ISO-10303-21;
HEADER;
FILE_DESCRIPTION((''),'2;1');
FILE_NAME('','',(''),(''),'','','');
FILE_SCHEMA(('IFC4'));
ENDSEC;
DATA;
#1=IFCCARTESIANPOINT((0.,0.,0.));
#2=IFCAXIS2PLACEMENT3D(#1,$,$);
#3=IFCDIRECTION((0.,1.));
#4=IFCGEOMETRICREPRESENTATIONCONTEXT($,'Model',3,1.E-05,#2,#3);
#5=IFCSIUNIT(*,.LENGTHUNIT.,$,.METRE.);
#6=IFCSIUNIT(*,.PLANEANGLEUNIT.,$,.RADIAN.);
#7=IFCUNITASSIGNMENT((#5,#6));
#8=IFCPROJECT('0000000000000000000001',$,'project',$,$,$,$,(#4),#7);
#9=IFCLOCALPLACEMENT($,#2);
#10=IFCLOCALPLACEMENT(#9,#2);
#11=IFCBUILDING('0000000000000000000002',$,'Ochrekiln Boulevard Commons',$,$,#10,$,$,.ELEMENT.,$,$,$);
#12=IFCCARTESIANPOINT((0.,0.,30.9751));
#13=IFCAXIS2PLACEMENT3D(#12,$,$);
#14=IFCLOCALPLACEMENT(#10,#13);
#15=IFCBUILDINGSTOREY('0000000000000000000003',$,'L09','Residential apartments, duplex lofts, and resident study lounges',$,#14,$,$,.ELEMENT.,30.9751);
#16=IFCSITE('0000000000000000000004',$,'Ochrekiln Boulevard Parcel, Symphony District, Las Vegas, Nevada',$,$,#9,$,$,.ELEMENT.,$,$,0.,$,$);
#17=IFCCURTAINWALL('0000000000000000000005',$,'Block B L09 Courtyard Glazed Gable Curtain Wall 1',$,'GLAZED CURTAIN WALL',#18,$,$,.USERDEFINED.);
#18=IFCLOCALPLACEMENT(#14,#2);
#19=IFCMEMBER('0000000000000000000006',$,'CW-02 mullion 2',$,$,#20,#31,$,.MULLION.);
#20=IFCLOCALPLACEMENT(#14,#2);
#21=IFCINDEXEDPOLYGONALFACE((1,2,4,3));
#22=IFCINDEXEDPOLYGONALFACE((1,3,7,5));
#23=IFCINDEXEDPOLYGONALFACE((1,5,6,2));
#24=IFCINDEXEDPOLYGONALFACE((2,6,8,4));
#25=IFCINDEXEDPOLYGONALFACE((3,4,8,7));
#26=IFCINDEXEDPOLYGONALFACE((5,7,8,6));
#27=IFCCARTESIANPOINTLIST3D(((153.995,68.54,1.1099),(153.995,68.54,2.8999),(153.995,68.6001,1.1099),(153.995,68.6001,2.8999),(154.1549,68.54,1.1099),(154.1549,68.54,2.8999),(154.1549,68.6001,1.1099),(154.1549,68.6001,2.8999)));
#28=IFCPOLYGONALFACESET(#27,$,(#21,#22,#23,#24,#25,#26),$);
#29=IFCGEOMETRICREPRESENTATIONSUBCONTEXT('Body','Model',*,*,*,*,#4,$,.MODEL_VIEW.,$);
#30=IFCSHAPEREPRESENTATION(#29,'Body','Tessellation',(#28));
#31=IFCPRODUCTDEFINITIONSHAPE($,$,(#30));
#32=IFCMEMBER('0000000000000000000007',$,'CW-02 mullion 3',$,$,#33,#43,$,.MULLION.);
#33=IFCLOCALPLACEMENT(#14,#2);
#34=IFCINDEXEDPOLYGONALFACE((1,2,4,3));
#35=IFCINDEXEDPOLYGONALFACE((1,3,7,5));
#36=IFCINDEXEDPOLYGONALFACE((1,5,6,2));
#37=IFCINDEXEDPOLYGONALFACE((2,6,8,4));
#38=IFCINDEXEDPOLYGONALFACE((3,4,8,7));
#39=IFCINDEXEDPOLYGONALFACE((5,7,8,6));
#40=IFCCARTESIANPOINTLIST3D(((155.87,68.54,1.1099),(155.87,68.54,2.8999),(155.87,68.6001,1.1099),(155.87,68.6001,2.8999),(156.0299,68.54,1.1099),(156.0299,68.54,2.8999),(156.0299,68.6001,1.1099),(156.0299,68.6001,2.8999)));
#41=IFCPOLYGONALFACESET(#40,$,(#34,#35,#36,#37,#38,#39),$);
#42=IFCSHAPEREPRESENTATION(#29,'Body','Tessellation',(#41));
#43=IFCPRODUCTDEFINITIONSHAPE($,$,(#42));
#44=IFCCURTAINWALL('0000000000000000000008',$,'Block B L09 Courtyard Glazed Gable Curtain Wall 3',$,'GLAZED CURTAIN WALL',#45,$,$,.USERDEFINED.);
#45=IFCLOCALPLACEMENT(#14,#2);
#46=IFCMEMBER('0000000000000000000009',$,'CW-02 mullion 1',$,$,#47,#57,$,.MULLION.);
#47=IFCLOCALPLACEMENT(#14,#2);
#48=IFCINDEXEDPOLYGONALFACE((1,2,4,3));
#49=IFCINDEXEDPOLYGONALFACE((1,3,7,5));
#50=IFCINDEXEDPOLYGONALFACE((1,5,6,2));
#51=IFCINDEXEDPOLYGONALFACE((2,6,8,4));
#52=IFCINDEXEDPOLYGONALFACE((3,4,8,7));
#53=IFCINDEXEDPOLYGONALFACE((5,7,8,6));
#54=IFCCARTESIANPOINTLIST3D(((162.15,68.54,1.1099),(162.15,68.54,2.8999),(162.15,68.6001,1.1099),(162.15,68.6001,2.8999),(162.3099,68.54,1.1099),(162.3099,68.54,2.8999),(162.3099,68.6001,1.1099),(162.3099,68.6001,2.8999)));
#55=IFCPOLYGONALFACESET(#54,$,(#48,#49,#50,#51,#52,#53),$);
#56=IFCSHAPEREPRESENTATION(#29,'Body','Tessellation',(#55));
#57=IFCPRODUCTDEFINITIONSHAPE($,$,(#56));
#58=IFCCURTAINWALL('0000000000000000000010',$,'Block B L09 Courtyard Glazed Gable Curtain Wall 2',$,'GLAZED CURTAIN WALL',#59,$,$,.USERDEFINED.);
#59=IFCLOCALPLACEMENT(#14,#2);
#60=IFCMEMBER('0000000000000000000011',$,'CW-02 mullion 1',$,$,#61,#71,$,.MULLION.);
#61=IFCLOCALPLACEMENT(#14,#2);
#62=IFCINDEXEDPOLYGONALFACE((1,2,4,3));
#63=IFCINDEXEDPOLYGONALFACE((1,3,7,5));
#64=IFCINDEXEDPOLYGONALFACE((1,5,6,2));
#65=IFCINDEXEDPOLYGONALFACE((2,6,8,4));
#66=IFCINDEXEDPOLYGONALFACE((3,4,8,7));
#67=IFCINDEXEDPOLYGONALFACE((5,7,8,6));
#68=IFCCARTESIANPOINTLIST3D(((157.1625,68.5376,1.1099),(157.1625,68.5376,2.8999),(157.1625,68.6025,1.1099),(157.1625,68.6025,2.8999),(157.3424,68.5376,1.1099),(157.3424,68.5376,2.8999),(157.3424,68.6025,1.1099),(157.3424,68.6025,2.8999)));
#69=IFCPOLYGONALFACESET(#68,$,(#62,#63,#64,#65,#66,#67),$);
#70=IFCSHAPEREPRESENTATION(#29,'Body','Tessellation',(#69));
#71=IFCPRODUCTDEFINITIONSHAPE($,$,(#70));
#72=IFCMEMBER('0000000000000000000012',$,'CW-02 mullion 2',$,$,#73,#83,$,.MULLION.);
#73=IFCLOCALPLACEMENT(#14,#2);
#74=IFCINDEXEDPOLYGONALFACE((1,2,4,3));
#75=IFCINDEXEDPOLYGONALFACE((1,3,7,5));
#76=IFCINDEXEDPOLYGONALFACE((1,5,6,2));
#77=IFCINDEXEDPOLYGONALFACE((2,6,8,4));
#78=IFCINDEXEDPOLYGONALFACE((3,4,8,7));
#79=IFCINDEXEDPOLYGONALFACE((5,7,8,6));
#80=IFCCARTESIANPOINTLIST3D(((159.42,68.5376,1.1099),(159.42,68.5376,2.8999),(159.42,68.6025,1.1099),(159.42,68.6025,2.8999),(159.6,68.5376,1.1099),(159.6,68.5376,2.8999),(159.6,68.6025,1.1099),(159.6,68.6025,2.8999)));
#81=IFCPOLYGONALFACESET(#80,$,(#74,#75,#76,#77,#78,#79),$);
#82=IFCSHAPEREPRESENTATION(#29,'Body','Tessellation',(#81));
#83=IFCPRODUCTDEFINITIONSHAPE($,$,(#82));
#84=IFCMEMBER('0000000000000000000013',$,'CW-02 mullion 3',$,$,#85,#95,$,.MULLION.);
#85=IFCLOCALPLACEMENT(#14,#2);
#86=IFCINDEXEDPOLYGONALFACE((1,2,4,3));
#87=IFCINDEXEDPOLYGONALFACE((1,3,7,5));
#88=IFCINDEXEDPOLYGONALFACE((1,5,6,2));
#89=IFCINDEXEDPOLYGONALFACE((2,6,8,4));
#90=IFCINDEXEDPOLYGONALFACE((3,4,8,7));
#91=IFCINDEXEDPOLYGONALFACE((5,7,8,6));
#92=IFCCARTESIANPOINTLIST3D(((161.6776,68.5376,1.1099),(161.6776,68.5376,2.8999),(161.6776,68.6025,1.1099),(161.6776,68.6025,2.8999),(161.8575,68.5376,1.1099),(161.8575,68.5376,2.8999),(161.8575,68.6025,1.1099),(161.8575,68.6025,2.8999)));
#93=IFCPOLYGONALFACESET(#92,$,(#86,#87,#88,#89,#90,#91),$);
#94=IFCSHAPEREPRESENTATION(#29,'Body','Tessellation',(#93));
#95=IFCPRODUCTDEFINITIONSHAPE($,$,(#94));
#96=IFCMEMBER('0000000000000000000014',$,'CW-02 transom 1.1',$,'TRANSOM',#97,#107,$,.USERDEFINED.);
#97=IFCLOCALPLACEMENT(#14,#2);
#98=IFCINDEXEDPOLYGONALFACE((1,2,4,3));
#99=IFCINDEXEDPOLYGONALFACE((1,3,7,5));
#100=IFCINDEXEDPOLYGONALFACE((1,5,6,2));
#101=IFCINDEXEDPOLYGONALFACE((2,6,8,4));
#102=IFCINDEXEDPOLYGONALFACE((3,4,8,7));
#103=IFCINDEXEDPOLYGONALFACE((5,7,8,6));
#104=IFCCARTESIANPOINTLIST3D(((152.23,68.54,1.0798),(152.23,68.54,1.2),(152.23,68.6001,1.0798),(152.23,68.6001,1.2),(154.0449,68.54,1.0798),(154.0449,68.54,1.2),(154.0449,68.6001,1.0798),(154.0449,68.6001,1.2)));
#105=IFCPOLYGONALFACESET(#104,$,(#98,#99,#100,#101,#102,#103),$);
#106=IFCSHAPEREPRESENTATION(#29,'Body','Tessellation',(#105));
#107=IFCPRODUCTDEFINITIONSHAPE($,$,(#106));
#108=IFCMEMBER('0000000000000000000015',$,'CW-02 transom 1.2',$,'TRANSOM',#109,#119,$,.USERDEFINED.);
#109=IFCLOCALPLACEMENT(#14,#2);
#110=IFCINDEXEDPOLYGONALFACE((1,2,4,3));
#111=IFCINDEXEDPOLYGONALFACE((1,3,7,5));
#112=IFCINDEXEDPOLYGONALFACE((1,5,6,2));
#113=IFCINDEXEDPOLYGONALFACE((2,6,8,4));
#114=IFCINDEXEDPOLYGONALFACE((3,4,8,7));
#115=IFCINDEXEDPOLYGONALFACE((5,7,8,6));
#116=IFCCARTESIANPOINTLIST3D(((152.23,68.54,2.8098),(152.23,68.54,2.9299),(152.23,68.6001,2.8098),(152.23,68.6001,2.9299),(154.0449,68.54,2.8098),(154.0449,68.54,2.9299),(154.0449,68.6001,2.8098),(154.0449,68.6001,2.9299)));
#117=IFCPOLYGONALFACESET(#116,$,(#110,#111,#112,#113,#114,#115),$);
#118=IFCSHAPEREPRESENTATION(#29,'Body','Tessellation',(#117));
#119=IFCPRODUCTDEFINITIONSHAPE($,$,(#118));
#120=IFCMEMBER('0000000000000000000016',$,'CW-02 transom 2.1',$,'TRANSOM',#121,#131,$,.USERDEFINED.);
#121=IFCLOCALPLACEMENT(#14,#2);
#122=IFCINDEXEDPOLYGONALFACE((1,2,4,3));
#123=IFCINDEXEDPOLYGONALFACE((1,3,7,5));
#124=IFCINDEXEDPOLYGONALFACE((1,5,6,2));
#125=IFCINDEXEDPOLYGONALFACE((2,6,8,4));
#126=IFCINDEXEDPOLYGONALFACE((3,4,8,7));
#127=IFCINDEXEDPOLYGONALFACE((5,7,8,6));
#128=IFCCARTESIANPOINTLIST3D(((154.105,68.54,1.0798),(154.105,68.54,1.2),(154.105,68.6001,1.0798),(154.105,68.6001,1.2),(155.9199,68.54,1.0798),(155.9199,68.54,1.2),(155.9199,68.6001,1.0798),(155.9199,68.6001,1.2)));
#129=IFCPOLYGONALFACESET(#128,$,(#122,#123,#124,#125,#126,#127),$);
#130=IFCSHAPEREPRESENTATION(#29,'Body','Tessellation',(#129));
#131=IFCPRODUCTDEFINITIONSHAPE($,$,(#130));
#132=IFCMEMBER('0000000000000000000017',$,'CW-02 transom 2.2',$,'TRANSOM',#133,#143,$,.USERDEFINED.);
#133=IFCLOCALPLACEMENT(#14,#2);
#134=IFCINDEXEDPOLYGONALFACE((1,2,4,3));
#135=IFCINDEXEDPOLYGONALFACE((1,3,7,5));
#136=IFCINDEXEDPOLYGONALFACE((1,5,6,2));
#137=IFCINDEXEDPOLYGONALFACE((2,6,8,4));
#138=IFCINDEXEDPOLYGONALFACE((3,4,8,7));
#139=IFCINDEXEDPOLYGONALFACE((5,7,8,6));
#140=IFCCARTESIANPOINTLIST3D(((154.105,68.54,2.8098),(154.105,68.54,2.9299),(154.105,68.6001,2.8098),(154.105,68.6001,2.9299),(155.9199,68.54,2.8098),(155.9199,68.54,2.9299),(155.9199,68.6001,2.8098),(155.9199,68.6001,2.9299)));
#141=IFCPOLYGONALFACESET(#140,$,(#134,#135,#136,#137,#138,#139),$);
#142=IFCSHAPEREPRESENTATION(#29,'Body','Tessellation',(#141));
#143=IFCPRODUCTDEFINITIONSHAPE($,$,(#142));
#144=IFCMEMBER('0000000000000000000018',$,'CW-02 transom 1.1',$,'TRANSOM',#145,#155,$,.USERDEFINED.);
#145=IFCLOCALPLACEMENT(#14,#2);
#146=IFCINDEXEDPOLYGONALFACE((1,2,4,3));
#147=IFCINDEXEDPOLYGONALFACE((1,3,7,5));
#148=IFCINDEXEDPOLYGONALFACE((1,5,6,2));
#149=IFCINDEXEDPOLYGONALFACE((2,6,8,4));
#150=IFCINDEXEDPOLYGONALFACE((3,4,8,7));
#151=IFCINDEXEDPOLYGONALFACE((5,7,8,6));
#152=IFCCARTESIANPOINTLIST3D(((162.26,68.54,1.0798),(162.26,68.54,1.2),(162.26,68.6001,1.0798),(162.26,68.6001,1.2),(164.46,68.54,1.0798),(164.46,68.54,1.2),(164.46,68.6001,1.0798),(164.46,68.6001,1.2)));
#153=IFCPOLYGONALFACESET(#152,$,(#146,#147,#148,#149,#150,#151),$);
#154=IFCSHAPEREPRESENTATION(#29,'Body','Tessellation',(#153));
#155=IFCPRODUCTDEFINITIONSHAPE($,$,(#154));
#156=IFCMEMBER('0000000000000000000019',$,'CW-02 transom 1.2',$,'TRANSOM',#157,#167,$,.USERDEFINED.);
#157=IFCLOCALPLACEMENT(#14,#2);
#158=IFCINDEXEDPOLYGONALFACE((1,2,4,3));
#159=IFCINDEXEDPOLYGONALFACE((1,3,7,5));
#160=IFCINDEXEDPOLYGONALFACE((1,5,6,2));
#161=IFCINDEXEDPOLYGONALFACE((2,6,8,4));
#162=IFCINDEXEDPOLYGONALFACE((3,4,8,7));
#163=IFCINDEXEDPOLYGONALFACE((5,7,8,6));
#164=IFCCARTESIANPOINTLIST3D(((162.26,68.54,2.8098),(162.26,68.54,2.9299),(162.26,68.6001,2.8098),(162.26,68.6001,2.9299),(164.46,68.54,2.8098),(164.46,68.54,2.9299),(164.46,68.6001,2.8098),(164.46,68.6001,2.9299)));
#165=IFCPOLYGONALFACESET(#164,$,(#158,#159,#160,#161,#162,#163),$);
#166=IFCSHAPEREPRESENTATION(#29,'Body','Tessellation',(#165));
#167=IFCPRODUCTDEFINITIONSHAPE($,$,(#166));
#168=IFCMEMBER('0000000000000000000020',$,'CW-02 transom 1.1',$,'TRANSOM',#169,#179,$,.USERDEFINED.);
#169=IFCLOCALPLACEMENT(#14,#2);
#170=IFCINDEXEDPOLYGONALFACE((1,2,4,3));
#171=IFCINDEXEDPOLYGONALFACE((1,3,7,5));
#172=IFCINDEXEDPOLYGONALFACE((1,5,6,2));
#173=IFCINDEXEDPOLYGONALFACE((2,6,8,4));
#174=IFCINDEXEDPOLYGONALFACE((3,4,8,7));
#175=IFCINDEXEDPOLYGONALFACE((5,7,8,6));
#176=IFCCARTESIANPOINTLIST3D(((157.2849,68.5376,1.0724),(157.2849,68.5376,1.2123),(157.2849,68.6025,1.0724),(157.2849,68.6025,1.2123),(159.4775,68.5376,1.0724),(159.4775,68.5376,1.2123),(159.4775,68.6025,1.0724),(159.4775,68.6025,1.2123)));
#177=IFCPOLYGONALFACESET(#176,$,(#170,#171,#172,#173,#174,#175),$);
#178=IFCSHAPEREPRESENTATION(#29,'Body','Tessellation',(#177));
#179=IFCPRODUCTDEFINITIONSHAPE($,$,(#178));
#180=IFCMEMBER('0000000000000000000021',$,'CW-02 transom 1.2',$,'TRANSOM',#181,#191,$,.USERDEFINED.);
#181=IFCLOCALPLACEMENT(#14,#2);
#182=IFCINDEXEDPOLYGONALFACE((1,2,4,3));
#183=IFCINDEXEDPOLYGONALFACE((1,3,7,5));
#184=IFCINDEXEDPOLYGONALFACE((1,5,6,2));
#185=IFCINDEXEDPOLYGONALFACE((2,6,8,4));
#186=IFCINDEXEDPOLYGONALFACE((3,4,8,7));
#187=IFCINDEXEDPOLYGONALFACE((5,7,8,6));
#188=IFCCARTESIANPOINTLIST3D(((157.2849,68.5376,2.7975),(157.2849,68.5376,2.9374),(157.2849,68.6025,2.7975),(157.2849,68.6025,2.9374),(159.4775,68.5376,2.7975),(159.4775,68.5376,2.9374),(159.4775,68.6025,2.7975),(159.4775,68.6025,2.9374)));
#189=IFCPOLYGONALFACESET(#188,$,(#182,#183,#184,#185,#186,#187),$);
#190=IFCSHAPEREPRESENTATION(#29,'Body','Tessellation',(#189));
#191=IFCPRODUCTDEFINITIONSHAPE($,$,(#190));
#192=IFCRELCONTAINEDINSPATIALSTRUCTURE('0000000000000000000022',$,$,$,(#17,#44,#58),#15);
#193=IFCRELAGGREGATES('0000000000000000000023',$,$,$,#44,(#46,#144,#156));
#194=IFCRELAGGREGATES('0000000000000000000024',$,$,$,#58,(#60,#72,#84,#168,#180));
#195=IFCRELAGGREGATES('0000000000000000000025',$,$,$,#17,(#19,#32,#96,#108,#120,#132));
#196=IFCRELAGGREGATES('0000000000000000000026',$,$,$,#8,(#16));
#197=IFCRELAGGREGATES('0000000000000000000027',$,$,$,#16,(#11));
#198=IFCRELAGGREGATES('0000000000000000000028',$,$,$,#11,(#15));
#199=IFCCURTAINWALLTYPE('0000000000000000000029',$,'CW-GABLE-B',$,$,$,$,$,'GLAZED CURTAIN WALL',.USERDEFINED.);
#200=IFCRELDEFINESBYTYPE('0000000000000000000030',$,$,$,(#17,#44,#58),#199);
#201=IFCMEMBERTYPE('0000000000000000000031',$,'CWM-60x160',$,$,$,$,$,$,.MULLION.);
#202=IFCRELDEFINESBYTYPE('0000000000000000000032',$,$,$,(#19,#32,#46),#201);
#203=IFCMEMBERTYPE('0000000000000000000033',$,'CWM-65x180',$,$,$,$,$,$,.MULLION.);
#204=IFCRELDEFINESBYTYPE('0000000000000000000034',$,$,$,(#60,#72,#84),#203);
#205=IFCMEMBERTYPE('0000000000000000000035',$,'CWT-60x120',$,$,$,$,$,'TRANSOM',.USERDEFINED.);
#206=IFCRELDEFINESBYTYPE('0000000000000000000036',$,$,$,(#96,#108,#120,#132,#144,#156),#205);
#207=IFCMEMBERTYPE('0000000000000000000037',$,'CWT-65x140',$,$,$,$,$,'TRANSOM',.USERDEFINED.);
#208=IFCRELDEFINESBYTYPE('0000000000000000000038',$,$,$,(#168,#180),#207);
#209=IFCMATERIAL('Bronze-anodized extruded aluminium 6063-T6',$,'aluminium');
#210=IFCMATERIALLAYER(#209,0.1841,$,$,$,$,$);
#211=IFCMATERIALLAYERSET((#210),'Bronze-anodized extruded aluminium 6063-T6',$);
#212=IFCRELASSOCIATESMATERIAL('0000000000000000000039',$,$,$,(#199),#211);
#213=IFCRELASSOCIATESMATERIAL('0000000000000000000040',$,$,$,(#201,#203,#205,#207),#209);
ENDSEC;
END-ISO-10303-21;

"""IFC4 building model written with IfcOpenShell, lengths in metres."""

from ifc_helpers import new_model, si_unit, direction, frame, origin, origin_2d, place, context, subcontext, project, spatial, rectangle, extrude, material, layer, layer_set, material_profile, profile_set, type_object, element, aggregate, save


model = new_model("IFC4")

# Units and contexts
model_context = context("Model", 3, precision=1e-05, world=origin(), true_north=direction((0.0, 1.0)))
body_context = subcontext(model_context, "Body", "Model", "MODEL_VIEW")
ifc_project = project(units=[si_unit("LENGTHUNIT", "METRE"), si_unit("PLANEANGLEUNIT", "RADIAN")], contexts=[model_context])

# Site, building, storey
site_placement = place(None, origin())
site = spatial("IfcSite", under=ifc_project, at=site_placement, Name="Ochrekiln Boulevard Parcel, Symphony District, Las Vegas, Nevada", CompositionType="ELEMENT", RefElevation=0.0)
building_placement = place(site_placement, origin())
building = spatial("IfcBuilding", under=site, at=building_placement, Name="Ochrekiln Boulevard Commons", CompositionType="ELEMENT")
storey_placement = place(building_placement, frame((0.0, 0.0, 30.9751)))
storey = spatial("IfcBuildingStorey", under=building, at=storey_placement, Name="L09", Description="Residential apartments, duplex lofts, and resident study lounges", CompositionType="ELEMENT", Elevation=30.9751)

# Curtain wall, members
ifc_material_1 = material(Name="Bronze-anodized extruded aluminium 6063-T6", Category="aluminium")
ifc_layer_1 = layer(ifc_material_1, 0.1841)
ifc_layer_set_1 = layer_set([ifc_layer_1], Name="Bronze-anodized extruded aluminium 6063-T6")
curtain_wall_type = type_object("IfcCurtainWallType", Name="CW-GABLE-B", ElementType="GLAZED CURTAIN WALL", PredefinedType="USERDEFINED", material=ifc_layer_set_1)
curtain_wall_1_placement = place(storey_placement, origin())
curtain_wall_1 = element("IfcCurtainWall", 1, at=curtain_wall_1_placement, inside=storey, type_object=curtain_wall_type, Name="Block B L09 Courtyard Glazed Gable Curtain Wall 1", ObjectType="GLAZED CURTAIN WALL", PredefinedType="USERDEFINED")
ifc_material_profile_1 = material_profile(ifc_material_1, rectangle(XDim=0.0601, YDim=0.1599, at=origin_2d()), Name="ALU-MUL-60x160")
ifc_profile_set_1 = profile_set([ifc_material_profile_1], Name="Bronze-anodized extruded aluminium 6063-T6")
member_type_1 = type_object("IfcMemberType", Name="CWM-60x160", PredefinedType="MULLION", material=ifc_profile_set_1)
member_1_placement = place(storey_placement, frame((154.075, 68.5701, 1.1099), z_axis=(0.0, 0.0, 1.0), x_axis=(0.0, 1.0, 0.0)))
member_1 = element("IfcMember", 2, at=member_1_placement, type_object=member_type_1, Name="CW-02 mullion 2", PredefinedType="MULLION", context=body_context, shape_type="SweptSolid", body=[
    extrude(rectangle(XDim=0.0601, YDim=0.1599, at=origin_2d()), origin(), (0.0, 0.0, 1.0), 1.79),
])
member_2_placement = place(storey_placement, frame((155.95, 68.5701, 1.1099), z_axis=(0.0, 0.0, 1.0), x_axis=(0.0, 1.0, 0.0)))
member_2 = element("IfcMember", 3, at=member_2_placement, type_object=member_type_1, Name="CW-02 mullion 3", PredefinedType="MULLION", context=body_context, shape_type="SweptSolid", body=[
    extrude(rectangle(XDim=0.0601, YDim=0.1599, at=origin_2d()), origin(), (0.0, 0.0, 1.0), 1.79),
])

# Curtain wall, member
curtain_wall_2_placement = place(storey_placement, origin())
curtain_wall_2 = element("IfcCurtainWall", 4, at=curtain_wall_2_placement, inside=storey, type_object=curtain_wall_type, Name="Block B L09 Courtyard Glazed Gable Curtain Wall 3", ObjectType="GLAZED CURTAIN WALL", PredefinedType="USERDEFINED")
member_3_placement = place(storey_placement, frame((162.23, 68.5701, 1.1099), z_axis=(0.0, 0.0, 1.0), x_axis=(0.0, 1.0, 0.0)))
member_3 = element("IfcMember", 5, at=member_3_placement, type_object=member_type_1, Name="CW-02 mullion 1", PredefinedType="MULLION", context=body_context, shape_type="SweptSolid", body=[
    extrude(rectangle(XDim=0.0601, YDim=0.1599, at=origin_2d()), origin(), (0.0, 0.0, 1.0), 1.79),
])

# Curtain wall, members
curtain_wall_3_placement = place(storey_placement, origin())
curtain_wall_3 = element("IfcCurtainWall", 6, at=curtain_wall_3_placement, inside=storey, type_object=curtain_wall_type, Name="Block B L09 Courtyard Glazed Gable Curtain Wall 2", ObjectType="GLAZED CURTAIN WALL", PredefinedType="USERDEFINED")
ifc_material_profile_2 = material_profile(ifc_material_1, rectangle(XDim=0.0649, YDim=0.1799, at=origin_2d()), Name="ALU-MUL-65x180")
ifc_profile_set_2 = profile_set([ifc_material_profile_2], Name="Bronze-anodized extruded aluminium 6063-T6")
member_type_2 = type_object("IfcMemberType", Name="CWM-65x180", PredefinedType="MULLION", material=ifc_profile_set_2)
member_4_placement = place(storey_placement, frame((157.2524, 68.5701, 1.1099), z_axis=(0.0, 0.0, 1.0), x_axis=(0.0, 1.0, 0.0)))
member_4 = element("IfcMember", 7, at=member_4_placement, type_object=member_type_2, Name="CW-02 mullion 1", PredefinedType="MULLION", context=body_context, shape_type="SweptSolid", body=[
    extrude(rectangle(XDim=0.0649, YDim=0.1799, at=origin_2d()), origin(), (0.0, 0.0, 1.0), 1.79),
])
member_5_placement = place(storey_placement, frame((159.51, 68.5701, 1.1099), z_axis=(0.0, 0.0, 1.0), x_axis=(0.0, 1.0, 0.0)))
member_5 = element("IfcMember", 8, at=member_5_placement, type_object=member_type_2, Name="CW-02 mullion 2", PredefinedType="MULLION", context=body_context, shape_type="SweptSolid", body=[
    extrude(rectangle(XDim=0.0649, YDim=0.1799, at=origin_2d()), origin(), (0.0, 0.0, 1.0), 1.79),
])
member_6_placement = place(storey_placement, frame((161.7676, 68.5701, 1.1099), z_axis=(0.0, 0.0, 1.0), x_axis=(0.0, 1.0, 0.0)))
member_6 = element("IfcMember", 9, at=member_6_placement, type_object=member_type_2, Name="CW-02 mullion 3", PredefinedType="MULLION", context=body_context, shape_type="SweptSolid", body=[
    extrude(rectangle(XDim=0.0649, YDim=0.1799, at=origin_2d()), origin(), (0.0, 0.0, 1.0), 1.79),
])

# Members
ifc_material_profile_3 = material_profile(ifc_material_1, rectangle(XDim=0.0601, YDim=0.1201, at=origin_2d()), Name="ALU-TRN-60x120")
ifc_profile_set_3 = profile_set([ifc_material_profile_3], Name="Bronze-anodized extruded aluminium 6063-T6")
member_type_3 = type_object("IfcMemberType", Name="CWT-60x120", ElementType="TRANSOM", PredefinedType="USERDEFINED", material=ifc_profile_set_3)
member_7_placement = place(storey_placement, frame((152.23, 68.5701, 1.1399), z_axis=(1.0, 0.0, 0.0), x_axis=(0.0, 1.0, 0.0)))
member_7 = element("IfcMember", 10, at=member_7_placement, type_object=member_type_3, Name="CW-02 transom 1.1", ObjectType="TRANSOM", PredefinedType="USERDEFINED", context=body_context, shape_type="SweptSolid", body=[
    extrude(rectangle(XDim=0.0601, YDim=0.1201, at=origin_2d()), origin(), (0.0, 0.0, 1.0), 1.8149),
])
member_8_placement = place(storey_placement, frame((152.23, 68.5701, 2.8699), z_axis=(1.0, 0.0, 0.0), x_axis=(0.0, 1.0, 0.0)))
member_8 = element("IfcMember", 11, at=member_8_placement, type_object=member_type_3, Name="CW-02 transom 1.2", ObjectType="TRANSOM", PredefinedType="USERDEFINED", context=body_context, shape_type="SweptSolid", body=[
    extrude(rectangle(XDim=0.0601, YDim=0.1201, at=origin_2d()), origin(), (0.0, 0.0, 1.0), 1.8149),
])
member_9_placement = place(storey_placement, frame((154.105, 68.5701, 1.1399), z_axis=(1.0, 0.0, 0.0), x_axis=(0.0, 1.0, 0.0)))
member_9 = element("IfcMember", 12, at=member_9_placement, type_object=member_type_3, Name="CW-02 transom 2.1", ObjectType="TRANSOM", PredefinedType="USERDEFINED", context=body_context, shape_type="SweptSolid", body=[
    extrude(rectangle(XDim=0.0601, YDim=0.1201, at=origin_2d()), origin(), (0.0, 0.0, 1.0), 1.8149),
])
member_10_placement = place(storey_placement, frame((154.105, 68.5701, 2.8699), z_axis=(1.0, 0.0, 0.0), x_axis=(0.0, 1.0, 0.0)))
member_10 = element("IfcMember", 13, at=member_10_placement, type_object=member_type_3, Name="CW-02 transom 2.2", ObjectType="TRANSOM", PredefinedType="USERDEFINED", context=body_context, shape_type="SweptSolid", body=[
    extrude(rectangle(XDim=0.0601, YDim=0.1201, at=origin_2d()), origin(), (0.0, 0.0, 1.0), 1.8149),
])
member_11_placement = place(storey_placement, frame((162.26, 68.5701, 1.1399), z_axis=(1.0, 0.0, 0.0), x_axis=(0.0, 1.0, 0.0)))
member_11 = element("IfcMember", 14, at=member_11_placement, type_object=member_type_3, Name="CW-02 transom 1.1", ObjectType="TRANSOM", PredefinedType="USERDEFINED", context=body_context, shape_type="SweptSolid", body=[
    extrude(rectangle(XDim=0.0601, YDim=0.1201, at=origin_2d()), origin(), (0.0, 0.0, 1.0), 2.2),
])
member_12_placement = place(storey_placement, frame((162.26, 68.5701, 2.8699), z_axis=(1.0, 0.0, 0.0), x_axis=(0.0, 1.0, 0.0)))
member_12 = element("IfcMember", 15, at=member_12_placement, type_object=member_type_3, Name="CW-02 transom 1.2", ObjectType="TRANSOM", PredefinedType="USERDEFINED", context=body_context, shape_type="SweptSolid", body=[
    extrude(rectangle(XDim=0.0601, YDim=0.1201, at=origin_2d()), origin(), (0.0, 0.0, 1.0), 2.2),
])
aggregate(curtain_wall_2, [member_3, member_11, member_12])
ifc_material_profile_4 = material_profile(ifc_material_1, rectangle(XDim=0.0649, YDim=0.1399, at=origin_2d()), Name="ALU-TRN-65x140")
ifc_profile_set_4 = profile_set([ifc_material_profile_4], Name="Bronze-anodized extruded aluminium 6063-T6")
member_type_4 = type_object("IfcMemberType", Name="CWT-65x140", ElementType="TRANSOM", PredefinedType="USERDEFINED", material=ifc_profile_set_4)
member_13_placement = place(storey_placement, frame((157.2849, 68.5701, 1.1423), z_axis=(1.0, 0.0, 0.0), x_axis=(0.0, 1.0, 0.0)))
member_13 = element("IfcMember", 16, at=member_13_placement, type_object=member_type_4, Name="CW-02 transom 1.1", ObjectType="TRANSOM", PredefinedType="USERDEFINED", context=body_context, shape_type="SweptSolid", body=[
    extrude(rectangle(XDim=0.0649, YDim=0.1399, at=origin_2d()), origin(), (0.0, 0.0, 1.0), 2.1926),
])
member_14_placement = place(storey_placement, frame((157.2849, 68.5701, 2.8674), z_axis=(1.0, 0.0, 0.0), x_axis=(0.0, 1.0, 0.0)))
member_14 = element("IfcMember", 17, at=member_14_placement, type_object=member_type_4, Name="CW-02 transom 1.2", ObjectType="TRANSOM", PredefinedType="USERDEFINED", context=body_context, shape_type="SweptSolid", body=[
    extrude(rectangle(XDim=0.0649, YDim=0.1399, at=origin_2d()), origin(), (0.0, 0.0, 1.0), 2.1926),
])

aggregate(curtain_wall_3, [member_4, member_5, member_6, member_13, member_14])
aggregate(curtain_wall_1, [member_1, member_2, member_7, member_8, member_9, member_10])

save(model, "model.ifc")
